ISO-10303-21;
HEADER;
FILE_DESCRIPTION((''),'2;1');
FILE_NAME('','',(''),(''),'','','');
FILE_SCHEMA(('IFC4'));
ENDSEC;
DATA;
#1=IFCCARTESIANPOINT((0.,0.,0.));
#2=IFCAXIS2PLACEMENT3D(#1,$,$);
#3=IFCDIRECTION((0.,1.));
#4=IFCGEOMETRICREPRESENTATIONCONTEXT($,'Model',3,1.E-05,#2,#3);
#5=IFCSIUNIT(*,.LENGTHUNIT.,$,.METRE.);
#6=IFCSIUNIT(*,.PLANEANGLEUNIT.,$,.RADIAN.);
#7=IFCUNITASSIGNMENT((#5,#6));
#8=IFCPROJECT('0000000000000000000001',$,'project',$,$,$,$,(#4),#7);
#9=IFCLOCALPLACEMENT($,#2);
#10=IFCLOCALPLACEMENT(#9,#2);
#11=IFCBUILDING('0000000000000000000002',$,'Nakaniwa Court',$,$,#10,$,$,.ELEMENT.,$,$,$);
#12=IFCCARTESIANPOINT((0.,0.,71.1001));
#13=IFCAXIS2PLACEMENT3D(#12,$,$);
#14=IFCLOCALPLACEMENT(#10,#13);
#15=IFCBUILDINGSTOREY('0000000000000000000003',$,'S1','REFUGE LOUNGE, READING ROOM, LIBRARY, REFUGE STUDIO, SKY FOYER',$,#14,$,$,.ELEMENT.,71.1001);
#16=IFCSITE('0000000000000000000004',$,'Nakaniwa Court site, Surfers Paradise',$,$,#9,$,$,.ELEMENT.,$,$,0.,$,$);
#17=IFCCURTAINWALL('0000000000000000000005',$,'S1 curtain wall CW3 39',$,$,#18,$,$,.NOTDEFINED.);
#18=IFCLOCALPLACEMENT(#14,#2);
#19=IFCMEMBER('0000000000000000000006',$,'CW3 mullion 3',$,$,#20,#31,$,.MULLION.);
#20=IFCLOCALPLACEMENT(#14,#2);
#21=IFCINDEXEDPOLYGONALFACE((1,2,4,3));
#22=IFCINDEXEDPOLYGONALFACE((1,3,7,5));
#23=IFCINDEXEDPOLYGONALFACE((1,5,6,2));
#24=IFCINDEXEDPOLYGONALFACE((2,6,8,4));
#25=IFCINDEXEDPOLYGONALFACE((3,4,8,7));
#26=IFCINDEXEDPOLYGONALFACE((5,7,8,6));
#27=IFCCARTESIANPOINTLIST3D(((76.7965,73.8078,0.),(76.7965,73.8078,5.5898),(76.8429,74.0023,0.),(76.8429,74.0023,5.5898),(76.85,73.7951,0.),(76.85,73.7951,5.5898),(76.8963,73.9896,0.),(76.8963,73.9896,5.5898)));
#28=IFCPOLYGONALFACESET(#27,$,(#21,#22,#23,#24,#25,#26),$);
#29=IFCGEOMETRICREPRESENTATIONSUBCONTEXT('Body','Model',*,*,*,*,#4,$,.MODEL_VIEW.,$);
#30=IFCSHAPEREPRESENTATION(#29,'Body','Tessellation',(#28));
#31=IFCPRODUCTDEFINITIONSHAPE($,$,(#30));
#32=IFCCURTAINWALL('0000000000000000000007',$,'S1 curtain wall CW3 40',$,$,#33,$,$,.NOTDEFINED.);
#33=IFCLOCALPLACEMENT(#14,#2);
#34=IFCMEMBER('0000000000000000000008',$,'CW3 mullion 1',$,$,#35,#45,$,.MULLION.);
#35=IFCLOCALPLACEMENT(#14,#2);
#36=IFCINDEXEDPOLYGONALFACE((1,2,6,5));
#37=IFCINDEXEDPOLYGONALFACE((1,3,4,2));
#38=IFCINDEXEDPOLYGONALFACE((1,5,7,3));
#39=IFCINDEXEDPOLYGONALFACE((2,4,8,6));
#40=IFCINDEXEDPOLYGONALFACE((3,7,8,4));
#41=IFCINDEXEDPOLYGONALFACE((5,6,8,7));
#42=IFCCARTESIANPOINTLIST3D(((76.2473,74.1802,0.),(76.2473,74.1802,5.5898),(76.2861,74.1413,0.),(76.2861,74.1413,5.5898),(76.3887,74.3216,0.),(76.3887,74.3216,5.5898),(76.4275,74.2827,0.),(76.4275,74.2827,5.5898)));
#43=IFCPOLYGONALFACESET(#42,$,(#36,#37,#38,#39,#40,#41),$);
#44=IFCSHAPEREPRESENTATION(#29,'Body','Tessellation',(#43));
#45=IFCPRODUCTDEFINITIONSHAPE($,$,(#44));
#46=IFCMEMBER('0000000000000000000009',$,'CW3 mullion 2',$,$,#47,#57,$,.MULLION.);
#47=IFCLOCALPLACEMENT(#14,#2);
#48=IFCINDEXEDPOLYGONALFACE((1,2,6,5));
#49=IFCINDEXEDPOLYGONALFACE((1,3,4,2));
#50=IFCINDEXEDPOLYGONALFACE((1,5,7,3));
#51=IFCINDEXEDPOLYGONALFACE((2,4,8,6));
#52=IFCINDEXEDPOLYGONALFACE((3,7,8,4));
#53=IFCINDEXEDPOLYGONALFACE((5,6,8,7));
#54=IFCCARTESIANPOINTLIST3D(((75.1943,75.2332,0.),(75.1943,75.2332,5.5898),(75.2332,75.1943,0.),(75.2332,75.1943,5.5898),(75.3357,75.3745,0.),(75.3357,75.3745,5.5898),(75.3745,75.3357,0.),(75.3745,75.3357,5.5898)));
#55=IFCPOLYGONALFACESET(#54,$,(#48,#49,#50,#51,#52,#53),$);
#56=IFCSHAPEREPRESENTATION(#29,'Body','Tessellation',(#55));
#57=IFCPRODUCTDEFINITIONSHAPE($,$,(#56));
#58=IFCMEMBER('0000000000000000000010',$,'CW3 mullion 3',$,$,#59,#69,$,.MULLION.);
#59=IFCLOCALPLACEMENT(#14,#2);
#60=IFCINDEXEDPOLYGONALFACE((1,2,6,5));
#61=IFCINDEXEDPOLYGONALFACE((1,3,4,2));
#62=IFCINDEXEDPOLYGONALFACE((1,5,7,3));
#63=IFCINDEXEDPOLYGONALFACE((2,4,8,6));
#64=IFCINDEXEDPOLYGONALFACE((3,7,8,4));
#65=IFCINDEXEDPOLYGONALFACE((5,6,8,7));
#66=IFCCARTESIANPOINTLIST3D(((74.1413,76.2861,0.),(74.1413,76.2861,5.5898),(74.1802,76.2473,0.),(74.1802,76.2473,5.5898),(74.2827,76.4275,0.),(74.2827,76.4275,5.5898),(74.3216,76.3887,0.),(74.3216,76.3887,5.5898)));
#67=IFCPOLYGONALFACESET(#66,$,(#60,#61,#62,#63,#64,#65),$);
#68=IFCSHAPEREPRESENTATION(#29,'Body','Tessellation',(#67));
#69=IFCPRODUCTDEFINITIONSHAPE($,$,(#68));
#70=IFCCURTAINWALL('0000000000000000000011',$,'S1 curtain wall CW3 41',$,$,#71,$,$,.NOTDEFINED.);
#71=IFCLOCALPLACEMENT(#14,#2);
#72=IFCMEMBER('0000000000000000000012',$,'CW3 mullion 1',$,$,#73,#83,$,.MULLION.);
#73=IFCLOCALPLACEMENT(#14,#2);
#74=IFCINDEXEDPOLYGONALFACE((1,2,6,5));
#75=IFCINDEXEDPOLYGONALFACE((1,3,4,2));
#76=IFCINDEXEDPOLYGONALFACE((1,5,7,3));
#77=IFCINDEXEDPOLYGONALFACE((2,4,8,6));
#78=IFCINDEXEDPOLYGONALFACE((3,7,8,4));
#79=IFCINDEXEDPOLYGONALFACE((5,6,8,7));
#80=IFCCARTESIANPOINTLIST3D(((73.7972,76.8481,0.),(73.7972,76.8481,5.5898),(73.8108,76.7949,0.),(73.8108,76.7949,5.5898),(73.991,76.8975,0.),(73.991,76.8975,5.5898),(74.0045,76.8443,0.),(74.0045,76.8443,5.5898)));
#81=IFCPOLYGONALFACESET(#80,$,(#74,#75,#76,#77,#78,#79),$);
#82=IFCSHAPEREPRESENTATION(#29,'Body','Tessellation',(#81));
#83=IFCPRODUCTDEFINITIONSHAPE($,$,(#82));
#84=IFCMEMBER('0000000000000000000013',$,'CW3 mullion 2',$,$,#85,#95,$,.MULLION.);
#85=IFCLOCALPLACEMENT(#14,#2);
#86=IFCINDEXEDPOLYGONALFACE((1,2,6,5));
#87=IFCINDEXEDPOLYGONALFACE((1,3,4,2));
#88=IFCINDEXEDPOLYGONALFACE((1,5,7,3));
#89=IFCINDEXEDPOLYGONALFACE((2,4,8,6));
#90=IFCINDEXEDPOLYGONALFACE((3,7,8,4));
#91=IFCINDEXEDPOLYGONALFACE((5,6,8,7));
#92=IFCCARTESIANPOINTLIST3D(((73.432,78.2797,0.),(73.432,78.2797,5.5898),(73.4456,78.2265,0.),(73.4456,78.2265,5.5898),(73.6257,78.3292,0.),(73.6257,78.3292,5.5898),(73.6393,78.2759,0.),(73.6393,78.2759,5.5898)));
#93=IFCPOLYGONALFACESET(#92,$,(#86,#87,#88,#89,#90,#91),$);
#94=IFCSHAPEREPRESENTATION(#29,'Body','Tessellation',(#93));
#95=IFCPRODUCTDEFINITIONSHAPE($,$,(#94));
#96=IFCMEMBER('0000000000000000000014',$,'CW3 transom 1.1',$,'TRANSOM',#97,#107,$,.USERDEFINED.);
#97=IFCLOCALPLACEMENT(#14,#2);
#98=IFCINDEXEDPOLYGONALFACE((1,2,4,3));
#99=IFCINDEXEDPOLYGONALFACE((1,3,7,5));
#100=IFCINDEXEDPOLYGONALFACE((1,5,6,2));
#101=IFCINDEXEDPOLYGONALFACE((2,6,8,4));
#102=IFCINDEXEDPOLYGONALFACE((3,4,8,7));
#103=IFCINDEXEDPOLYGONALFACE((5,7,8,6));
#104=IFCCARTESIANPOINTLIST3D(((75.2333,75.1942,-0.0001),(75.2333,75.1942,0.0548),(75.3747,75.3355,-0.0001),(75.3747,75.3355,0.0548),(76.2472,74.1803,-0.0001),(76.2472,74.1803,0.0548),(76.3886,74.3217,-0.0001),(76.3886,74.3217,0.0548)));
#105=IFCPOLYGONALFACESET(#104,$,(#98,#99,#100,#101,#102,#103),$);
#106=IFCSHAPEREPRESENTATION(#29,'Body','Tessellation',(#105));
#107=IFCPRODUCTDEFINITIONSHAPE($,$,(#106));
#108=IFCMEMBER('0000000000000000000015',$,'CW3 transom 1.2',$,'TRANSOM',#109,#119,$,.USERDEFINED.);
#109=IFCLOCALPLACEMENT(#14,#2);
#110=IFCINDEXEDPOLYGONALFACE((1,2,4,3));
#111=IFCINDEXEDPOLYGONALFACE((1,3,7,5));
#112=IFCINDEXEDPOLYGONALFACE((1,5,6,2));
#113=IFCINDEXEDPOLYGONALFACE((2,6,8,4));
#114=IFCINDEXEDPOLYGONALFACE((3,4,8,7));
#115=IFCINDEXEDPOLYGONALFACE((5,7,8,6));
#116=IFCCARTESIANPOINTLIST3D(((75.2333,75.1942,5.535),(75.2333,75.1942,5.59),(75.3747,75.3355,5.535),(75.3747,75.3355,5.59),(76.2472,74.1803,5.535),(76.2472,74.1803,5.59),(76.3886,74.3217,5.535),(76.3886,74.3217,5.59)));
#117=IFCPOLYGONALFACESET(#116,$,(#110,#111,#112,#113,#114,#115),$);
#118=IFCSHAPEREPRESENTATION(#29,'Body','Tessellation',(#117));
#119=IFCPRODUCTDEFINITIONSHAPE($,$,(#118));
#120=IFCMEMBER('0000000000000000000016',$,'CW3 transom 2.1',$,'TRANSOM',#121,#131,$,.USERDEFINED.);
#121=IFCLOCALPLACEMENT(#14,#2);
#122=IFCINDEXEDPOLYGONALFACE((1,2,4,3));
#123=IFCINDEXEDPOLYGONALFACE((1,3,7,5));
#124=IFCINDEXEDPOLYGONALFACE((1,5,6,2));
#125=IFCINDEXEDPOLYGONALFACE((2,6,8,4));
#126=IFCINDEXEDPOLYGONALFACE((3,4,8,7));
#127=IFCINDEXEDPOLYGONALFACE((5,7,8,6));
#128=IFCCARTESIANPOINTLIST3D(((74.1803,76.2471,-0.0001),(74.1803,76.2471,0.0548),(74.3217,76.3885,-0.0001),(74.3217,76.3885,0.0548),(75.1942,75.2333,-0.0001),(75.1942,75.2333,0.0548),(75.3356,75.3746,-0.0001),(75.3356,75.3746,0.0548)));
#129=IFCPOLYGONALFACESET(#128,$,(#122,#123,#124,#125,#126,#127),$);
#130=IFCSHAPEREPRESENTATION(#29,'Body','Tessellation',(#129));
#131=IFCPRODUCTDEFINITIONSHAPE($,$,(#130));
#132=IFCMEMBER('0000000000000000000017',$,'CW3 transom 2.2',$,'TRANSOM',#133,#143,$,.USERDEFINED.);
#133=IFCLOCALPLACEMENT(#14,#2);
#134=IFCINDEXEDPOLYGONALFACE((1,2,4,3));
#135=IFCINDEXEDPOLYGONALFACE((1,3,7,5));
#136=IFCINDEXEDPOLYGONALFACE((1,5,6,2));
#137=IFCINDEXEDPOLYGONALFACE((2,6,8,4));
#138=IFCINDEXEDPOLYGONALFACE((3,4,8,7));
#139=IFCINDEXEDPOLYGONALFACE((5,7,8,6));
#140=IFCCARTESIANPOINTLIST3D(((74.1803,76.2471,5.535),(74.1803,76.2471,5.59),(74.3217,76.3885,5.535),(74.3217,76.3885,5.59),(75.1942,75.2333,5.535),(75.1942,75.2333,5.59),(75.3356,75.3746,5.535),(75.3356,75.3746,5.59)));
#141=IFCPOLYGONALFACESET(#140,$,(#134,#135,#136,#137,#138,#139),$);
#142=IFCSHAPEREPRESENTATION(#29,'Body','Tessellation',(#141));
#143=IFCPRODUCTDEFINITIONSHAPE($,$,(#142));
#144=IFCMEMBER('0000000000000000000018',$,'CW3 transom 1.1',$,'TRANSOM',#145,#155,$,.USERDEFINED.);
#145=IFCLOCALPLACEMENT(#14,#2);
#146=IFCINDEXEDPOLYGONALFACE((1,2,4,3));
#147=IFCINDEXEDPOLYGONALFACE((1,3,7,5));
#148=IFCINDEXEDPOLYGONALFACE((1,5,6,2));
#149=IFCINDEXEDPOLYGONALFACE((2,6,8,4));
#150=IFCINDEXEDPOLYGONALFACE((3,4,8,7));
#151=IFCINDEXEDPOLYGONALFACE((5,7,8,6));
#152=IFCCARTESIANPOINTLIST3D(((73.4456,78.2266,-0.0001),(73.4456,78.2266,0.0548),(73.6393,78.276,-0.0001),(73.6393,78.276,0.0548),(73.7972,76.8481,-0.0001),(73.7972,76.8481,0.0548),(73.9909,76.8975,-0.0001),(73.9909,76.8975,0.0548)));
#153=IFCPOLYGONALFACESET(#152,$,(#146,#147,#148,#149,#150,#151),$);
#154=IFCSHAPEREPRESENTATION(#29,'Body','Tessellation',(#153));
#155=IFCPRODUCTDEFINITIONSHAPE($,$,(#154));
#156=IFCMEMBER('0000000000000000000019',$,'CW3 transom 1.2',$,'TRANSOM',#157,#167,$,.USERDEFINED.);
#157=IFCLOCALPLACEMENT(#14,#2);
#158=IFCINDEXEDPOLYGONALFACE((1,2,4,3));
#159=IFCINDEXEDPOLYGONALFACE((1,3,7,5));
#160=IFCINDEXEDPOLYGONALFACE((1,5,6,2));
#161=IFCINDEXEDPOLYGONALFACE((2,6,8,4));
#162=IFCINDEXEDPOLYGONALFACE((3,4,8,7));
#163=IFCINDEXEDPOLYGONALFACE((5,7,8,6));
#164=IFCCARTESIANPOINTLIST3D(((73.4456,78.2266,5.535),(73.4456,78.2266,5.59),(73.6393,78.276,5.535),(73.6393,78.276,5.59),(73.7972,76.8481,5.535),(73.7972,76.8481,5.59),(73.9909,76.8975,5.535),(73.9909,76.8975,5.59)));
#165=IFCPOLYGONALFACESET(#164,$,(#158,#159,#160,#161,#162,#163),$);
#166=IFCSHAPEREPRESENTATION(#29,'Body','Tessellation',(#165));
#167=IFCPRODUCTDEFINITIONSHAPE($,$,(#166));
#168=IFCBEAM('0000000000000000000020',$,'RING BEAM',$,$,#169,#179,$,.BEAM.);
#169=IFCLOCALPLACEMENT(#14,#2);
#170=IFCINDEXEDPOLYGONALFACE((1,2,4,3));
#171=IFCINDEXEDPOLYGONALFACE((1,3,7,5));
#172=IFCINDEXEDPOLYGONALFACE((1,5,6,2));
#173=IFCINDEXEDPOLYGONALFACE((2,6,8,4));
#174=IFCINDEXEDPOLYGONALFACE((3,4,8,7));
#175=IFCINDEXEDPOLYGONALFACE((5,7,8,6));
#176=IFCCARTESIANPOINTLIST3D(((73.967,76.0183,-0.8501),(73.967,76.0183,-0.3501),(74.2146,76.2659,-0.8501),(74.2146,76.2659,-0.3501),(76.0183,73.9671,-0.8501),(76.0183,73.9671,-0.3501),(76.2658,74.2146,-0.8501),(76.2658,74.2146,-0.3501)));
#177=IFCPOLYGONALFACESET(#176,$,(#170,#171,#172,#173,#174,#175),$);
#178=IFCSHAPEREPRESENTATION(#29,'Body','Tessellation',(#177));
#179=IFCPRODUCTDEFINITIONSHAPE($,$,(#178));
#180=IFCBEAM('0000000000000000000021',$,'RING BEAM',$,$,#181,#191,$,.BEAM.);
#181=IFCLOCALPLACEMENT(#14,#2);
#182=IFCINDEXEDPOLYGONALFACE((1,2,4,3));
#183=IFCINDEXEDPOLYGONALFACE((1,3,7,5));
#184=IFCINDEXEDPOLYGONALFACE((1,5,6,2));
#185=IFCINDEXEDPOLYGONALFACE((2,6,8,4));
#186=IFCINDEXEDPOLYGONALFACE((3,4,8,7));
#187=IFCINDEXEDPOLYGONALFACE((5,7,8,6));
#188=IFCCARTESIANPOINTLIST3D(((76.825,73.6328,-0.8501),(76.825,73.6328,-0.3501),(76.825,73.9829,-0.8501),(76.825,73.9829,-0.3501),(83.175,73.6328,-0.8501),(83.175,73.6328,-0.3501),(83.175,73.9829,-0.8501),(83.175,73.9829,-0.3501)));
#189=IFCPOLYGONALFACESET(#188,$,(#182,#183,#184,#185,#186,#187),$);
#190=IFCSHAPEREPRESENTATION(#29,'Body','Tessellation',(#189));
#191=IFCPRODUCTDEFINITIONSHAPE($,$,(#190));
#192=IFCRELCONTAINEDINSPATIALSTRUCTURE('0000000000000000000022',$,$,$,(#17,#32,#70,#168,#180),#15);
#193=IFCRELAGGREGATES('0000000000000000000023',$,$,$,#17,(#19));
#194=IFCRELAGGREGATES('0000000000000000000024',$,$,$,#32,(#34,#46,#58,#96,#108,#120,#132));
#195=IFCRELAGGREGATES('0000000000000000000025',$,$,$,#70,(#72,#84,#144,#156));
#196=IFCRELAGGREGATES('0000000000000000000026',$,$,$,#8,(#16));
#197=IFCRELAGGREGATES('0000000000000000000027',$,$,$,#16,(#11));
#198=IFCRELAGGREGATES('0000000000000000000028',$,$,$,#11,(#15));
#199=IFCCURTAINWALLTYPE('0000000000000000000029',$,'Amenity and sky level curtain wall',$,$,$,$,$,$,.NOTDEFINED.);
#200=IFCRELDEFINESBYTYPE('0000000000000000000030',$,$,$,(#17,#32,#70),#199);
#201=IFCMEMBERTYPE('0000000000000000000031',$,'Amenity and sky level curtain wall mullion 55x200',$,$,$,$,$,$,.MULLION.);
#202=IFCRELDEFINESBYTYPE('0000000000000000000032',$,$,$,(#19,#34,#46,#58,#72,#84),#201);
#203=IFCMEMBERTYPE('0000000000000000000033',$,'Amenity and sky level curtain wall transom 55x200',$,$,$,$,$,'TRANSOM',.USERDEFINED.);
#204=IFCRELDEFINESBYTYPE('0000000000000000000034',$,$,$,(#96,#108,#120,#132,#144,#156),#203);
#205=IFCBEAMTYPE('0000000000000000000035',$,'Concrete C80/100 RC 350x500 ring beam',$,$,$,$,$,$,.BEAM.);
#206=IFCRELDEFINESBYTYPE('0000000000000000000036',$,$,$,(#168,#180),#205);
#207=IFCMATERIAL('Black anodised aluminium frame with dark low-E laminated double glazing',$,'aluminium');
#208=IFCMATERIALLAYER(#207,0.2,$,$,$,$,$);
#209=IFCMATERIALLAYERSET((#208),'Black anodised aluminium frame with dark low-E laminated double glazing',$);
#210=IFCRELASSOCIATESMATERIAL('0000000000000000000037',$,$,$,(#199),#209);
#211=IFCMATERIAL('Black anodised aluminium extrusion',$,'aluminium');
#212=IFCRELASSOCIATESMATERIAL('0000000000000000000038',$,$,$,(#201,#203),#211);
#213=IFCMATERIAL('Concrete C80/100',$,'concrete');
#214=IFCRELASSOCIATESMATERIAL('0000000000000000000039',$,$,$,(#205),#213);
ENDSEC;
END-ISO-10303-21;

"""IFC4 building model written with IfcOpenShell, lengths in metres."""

from ifc_helpers import new_model, si_unit, direction, frame, origin, origin_2d, place, context, subcontext, project, spatial, rectangle, extrude, material, layer, layer_set, material_profile, profile_set, type_object, element, aggregate, save


model = new_model("IFC4")

# Units and contexts
model_context = context("Model", 3, precision=1e-05, world=origin(), true_north=direction((0.0, 1.0)))
body_context = subcontext(model_context, "Body", "Model", "MODEL_VIEW")
ifc_project = project(units=[si_unit("LENGTHUNIT", "METRE"), si_unit("PLANEANGLEUNIT", "RADIAN")], contexts=[model_context])

# Site, building, storey
site_placement = place(None, origin())
site = spatial("IfcSite", under=ifc_project, at=site_placement, Name="Nakaniwa Court site, Surfers Paradise", CompositionType="ELEMENT", RefElevation=0.0)
building_placement = place(site_placement, origin())
building = spatial("IfcBuilding", under=site, at=building_placement, Name="Nakaniwa Court", CompositionType="ELEMENT")
storey_placement = place(building_placement, frame((0.0, 0.0, 71.1001)))
storey = spatial("IfcBuildingStorey", under=building, at=storey_placement, Name="S1", Description="REFUGE LOUNGE, READING ROOM, LIBRARY, REFUGE STUDIO, SKY FOYER", CompositionType="ELEMENT", Elevation=71.1001)

# Shared definitions
ifc_material_1 = material(Name="Concrete C80/100", Category="concrete")

# Curtain wall, member
ifc_material_2 = material(Name="Black anodised aluminium frame with dark low-E laminated double glazing", Category="aluminium")
ifc_layer_1 = layer(ifc_material_2, 0.2)
ifc_layer_set_1 = layer_set([ifc_layer_1], Name="Black anodised aluminium frame with dark low-E laminated double glazing")
curtain_wall_type = type_object("IfcCurtainWallType", Name="Amenity and sky level curtain wall", PredefinedType="NOTDEFINED", material=ifc_layer_set_1)
curtain_wall_1_placement = place(storey_placement, origin())
curtain_wall_1 = element("IfcCurtainWall", 1, at=curtain_wall_1_placement, inside=storey, type_object=curtain_wall_type, Name="S1 curtain wall CW3 39", PredefinedType="NOTDEFINED")
ifc_material_3 = material(Name="Black anodised aluminium extrusion", Category="aluminium")
ifc_material_profile_1 = material_profile(ifc_material_3, rectangle(XDim=0.2, YDim=0.0549, at=origin_2d()), Name="Amenity and sky level curtain wall mullion 55x200")
ifc_profile_set_1 = profile_set([ifc_material_profile_1], Name="Black anodised aluminium extrusion")
member_type_1 = type_object("IfcMemberType", Name="Amenity and sky level curtain wall mullion 55x200", PredefinedType="MULLION", material=ifc_profile_set_1)
member_1_placement = place(storey_placement, frame((76.8464, 73.8987, 0.0), z_axis=(0.0, 0.0, 1.0), x_axis=(-0.231791, -0.972766, 0.0)))
member_1 = element("IfcMember", 2, at=member_1_placement, type_object=member_type_1, Name="CW3 mullion 3", PredefinedType="MULLION", context=body_context, shape_type="SweptSolid", body=[
    extrude(rectangle(XDim=0.2, YDim=0.0549, at=origin_2d()), origin(), (0.0, 0.0, 1.0), 5.5898),
])

# Curtain walls, members
curtain_wall_2_placement = place(storey_placement, origin())
curtain_wall_2 = element("IfcCurtainWall", 3, at=curtain_wall_2_placement, inside=storey, type_object=curtain_wall_type, Name="S1 curtain wall CW3 40", PredefinedType="NOTDEFINED")
member_2_placement = place(storey_placement, frame((76.3374, 74.2314, 0.0), z_axis=(0.0, 0.0, 1.0), x_axis=(-0.707107, -0.707107, 0.0)))
member_2 = element("IfcMember", 4, at=member_2_placement, type_object=member_type_1, Name="CW3 mullion 1", PredefinedType="MULLION", context=body_context, shape_type="SweptSolid", body=[
    extrude(rectangle(XDim=0.2, YDim=0.0549, at=origin_2d()), origin(), (0.0, 0.0, 1.0), 5.5898),
])
member_3_placement = place(storey_placement, frame((75.2844, 75.2844, 0.0), z_axis=(0.0, 0.0, 1.0), x_axis=(-0.707107, -0.707107, 0.0)))
member_3 = element("IfcMember", 5, at=member_3_placement, type_object=member_type_1, Name="CW3 mullion 2", PredefinedType="MULLION", context=body_context, shape_type="SweptSolid", body=[
    extrude(rectangle(XDim=0.2, YDim=0.0549, at=origin_2d()), origin(), (0.0, 0.0, 1.0), 5.5898),
])
member_4_placement = place(storey_placement, frame((74.2314, 76.3374, 0.0), z_axis=(0.0, 0.0, 1.0), x_axis=(-0.707107, -0.707107, 0.0)))
member_4 = element("IfcMember", 6, at=member_4_placement, type_object=member_type_1, Name="CW3 mullion 3", PredefinedType="MULLION", context=body_context, shape_type="SweptSolid", body=[
    extrude(rectangle(XDim=0.2, YDim=0.0549, at=origin_2d()), origin(), (0.0, 0.0, 1.0), 5.5898),
])
curtain_wall_3_placement = place(storey_placement, origin())
curtain_wall_3 = element("IfcCurtainWall", 7, at=curtain_wall_3_placement, inside=storey, type_object=curtain_wall_type, Name="S1 curtain wall CW3 41", PredefinedType="NOTDEFINED")
member_5_placement = place(storey_placement, frame((73.9009, 76.8462, 0.0), z_axis=(0.0, 0.0, 1.0), x_axis=(-0.968986, -0.247114, 0.0)))
member_5 = element("IfcMember", 8, at=member_5_placement, type_object=member_type_1, Name="CW3 mullion 1", PredefinedType="MULLION", context=body_context, shape_type="SweptSolid", body=[
    extrude(rectangle(XDim=0.2, YDim=0.0549, at=origin_2d()), origin(), (0.0, 0.0, 1.0), 5.5898),
])
member_6_placement = place(storey_placement, frame((73.5356, 78.2778, 0.0), z_axis=(0.0, 0.0, 1.0), x_axis=(-0.968986, -0.247114, 0.0)))
member_6 = element("IfcMember", 9, at=member_6_placement, type_object=member_type_1, Name="CW3 mullion 2", PredefinedType="MULLION", context=body_context, shape_type="SweptSolid", body=[
    extrude(rectangle(XDim=0.2, YDim=0.0549, at=origin_2d()), origin(), (0.0, 0.0, 1.0), 5.5898),
])

# Members
ifc_material_profile_2 = material_profile(ifc_material_3, rectangle(XDim=0.2, YDim=0.0549, at=origin_2d()), Name="Amenity and sky level curtain wall transom 55x200")
ifc_profile_set_2 = profile_set([ifc_material_profile_2], Name="Black anodised aluminium extrusion")
member_type_2 = type_object("IfcMemberType", Name="Amenity and sky level curtain wall transom 55x200", ElementType="TRANSOM", PredefinedType="USERDEFINED", material=ifc_profile_set_2)
member_7_placement = place(storey_placement, frame((76.3179, 74.251, 0.0273), z_axis=(-0.707107, 0.707107, 0.0), x_axis=(-0.707107, -0.707107, 0.0)))
member_7 = element("IfcMember", 10, at=member_7_placement, type_object=member_type_2, Name="CW3 transom 1.1", ObjectType="TRANSOM", PredefinedType="USERDEFINED", context=body_context, shape_type="SweptSolid", body=[
    extrude(rectangle(XDim=0.2, YDim=0.0549, at=origin_2d()), origin(), (0.0, 0.0, 1.0), 1.4338),
])
member_8_placement = place(storey_placement, frame((76.3179, 74.251, 5.5625), z_axis=(-0.707107, 0.707107, 0.0), x_axis=(-0.707107, -0.707107, 0.0)))
member_8 = element("IfcMember", 11, at=member_8_placement, type_object=member_type_2, Name="CW3 transom 1.2", ObjectType="TRANSOM", PredefinedType="USERDEFINED", context=body_context, shape_type="SweptSolid", body=[
    extrude(rectangle(XDim=0.2, YDim=0.0549, at=origin_2d()), origin(), (0.0, 0.0, 1.0), 1.4338),
])
member_9_placement = place(storey_placement, frame((75.2649, 75.304, 0.0273), z_axis=(-0.707107, 0.707107, 0.0), x_axis=(-0.707107, -0.707107, 0.0)))
member_9 = element("IfcMember", 12, at=member_9_placement, type_object=member_type_2, Name="CW3 transom 2.1", ObjectType="TRANSOM", PredefinedType="USERDEFINED", context=body_context, shape_type="SweptSolid", body=[
    extrude(rectangle(XDim=0.2, YDim=0.0549, at=origin_2d()), origin(), (0.0, 0.0, 1.0), 1.4338),
])
member_10_placement = place(storey_placement, frame((75.2649, 75.304, 5.5625), z_axis=(-0.707107, 0.707107, 0.0), x_axis=(-0.707107, -0.707107, 0.0)))
member_10 = element("IfcMember", 13, at=member_10_placement, type_object=member_type_2, Name="CW3 transom 2.2", ObjectType="TRANSOM", PredefinedType="USERDEFINED", context=body_context, shape_type="SweptSolid", body=[
    extrude(rectangle(XDim=0.2, YDim=0.0549, at=origin_2d()), origin(), (0.0, 0.0, 1.0), 1.4338),
])
member_11_placement = place(storey_placement, frame((73.894, 76.8728, 0.0273), z_axis=(-0.247136, 0.968981, 0.0), x_axis=(-0.968981, -0.247136, 0.0)))
member_11 = element("IfcMember", 14, at=member_11_placement, type_object=member_type_2, Name="CW3 transom 1.1", ObjectType="TRANSOM", PredefinedType="USERDEFINED", context=body_context, shape_type="SweptSolid", body=[
    extrude(rectangle(XDim=0.2, YDim=0.0549, at=origin_2d()), origin(), (0.0, 0.0, 1.0), 1.4226),
])
member_12_placement = place(storey_placement, frame((73.894, 76.8728, 5.5625), z_axis=(-0.247136, 0.968981, 0.0), x_axis=(-0.968981, -0.247136, 0.0)))
member_12 = element("IfcMember", 15, at=member_12_placement, type_object=member_type_2, Name="CW3 transom 1.2", ObjectType="TRANSOM", PredefinedType="USERDEFINED", context=body_context, shape_type="SweptSolid", body=[
    extrude(rectangle(XDim=0.2, YDim=0.0549, at=origin_2d()), origin(), (0.0, 0.0, 1.0), 1.4226),
])

# Beams
ifc_material_profile_3 = material_profile(ifc_material_1, rectangle(XDim=0.3501, YDim=0.5, at=origin_2d()), Name="Concrete C80/100 RC 350x500 ring beam")
ifc_profile_set_3 = profile_set([ifc_material_profile_3], Name="Concrete C80/100")
beam_type = type_object("IfcBeamType", Name="Concrete C80/100 RC 350x500 ring beam", PredefinedType="BEAM", material=ifc_profile_set_3)
beam_1_placement = place(storey_placement, frame((74.0908, 76.1421, -0.6001), z_axis=(0.707107, -0.707107, 0.0), x_axis=(0.707107, 0.707107, 0.0)))
element("IfcBeam", 16, at=beam_1_placement, inside=storey, type_object=beam_type, Name="RING BEAM", PredefinedType="BEAM", context=body_context, shape_type="SweptSolid", body=[
    extrude(rectangle(XDim=0.3501, YDim=0.5, at=origin_2d()), origin(), (0.0, 0.0, 1.0), 2.9009),
])
beam_2_placement = place(storey_placement, frame((76.825, 73.8079, -0.6001), z_axis=(1.0, 0.0, 0.0), x_axis=(0.0, 1.0, 0.0)))
element("IfcBeam", 17, at=beam_2_placement, inside=storey, type_object=beam_type, Name="RING BEAM", PredefinedType="BEAM", context=body_context, shape_type="SweptSolid", body=[
    extrude(rectangle(XDim=0.3501, YDim=0.5, at=origin_2d()), origin(), (0.0, 0.0, 1.0), 6.3501),
])

aggregate(curtain_wall_1, [member_1])
aggregate(curtain_wall_2, [member_2, member_3, member_4, member_7, member_8, member_9, member_10])
aggregate(curtain_wall_3, [member_5, member_6, member_11, member_12])

save(model, "model.ifc")
